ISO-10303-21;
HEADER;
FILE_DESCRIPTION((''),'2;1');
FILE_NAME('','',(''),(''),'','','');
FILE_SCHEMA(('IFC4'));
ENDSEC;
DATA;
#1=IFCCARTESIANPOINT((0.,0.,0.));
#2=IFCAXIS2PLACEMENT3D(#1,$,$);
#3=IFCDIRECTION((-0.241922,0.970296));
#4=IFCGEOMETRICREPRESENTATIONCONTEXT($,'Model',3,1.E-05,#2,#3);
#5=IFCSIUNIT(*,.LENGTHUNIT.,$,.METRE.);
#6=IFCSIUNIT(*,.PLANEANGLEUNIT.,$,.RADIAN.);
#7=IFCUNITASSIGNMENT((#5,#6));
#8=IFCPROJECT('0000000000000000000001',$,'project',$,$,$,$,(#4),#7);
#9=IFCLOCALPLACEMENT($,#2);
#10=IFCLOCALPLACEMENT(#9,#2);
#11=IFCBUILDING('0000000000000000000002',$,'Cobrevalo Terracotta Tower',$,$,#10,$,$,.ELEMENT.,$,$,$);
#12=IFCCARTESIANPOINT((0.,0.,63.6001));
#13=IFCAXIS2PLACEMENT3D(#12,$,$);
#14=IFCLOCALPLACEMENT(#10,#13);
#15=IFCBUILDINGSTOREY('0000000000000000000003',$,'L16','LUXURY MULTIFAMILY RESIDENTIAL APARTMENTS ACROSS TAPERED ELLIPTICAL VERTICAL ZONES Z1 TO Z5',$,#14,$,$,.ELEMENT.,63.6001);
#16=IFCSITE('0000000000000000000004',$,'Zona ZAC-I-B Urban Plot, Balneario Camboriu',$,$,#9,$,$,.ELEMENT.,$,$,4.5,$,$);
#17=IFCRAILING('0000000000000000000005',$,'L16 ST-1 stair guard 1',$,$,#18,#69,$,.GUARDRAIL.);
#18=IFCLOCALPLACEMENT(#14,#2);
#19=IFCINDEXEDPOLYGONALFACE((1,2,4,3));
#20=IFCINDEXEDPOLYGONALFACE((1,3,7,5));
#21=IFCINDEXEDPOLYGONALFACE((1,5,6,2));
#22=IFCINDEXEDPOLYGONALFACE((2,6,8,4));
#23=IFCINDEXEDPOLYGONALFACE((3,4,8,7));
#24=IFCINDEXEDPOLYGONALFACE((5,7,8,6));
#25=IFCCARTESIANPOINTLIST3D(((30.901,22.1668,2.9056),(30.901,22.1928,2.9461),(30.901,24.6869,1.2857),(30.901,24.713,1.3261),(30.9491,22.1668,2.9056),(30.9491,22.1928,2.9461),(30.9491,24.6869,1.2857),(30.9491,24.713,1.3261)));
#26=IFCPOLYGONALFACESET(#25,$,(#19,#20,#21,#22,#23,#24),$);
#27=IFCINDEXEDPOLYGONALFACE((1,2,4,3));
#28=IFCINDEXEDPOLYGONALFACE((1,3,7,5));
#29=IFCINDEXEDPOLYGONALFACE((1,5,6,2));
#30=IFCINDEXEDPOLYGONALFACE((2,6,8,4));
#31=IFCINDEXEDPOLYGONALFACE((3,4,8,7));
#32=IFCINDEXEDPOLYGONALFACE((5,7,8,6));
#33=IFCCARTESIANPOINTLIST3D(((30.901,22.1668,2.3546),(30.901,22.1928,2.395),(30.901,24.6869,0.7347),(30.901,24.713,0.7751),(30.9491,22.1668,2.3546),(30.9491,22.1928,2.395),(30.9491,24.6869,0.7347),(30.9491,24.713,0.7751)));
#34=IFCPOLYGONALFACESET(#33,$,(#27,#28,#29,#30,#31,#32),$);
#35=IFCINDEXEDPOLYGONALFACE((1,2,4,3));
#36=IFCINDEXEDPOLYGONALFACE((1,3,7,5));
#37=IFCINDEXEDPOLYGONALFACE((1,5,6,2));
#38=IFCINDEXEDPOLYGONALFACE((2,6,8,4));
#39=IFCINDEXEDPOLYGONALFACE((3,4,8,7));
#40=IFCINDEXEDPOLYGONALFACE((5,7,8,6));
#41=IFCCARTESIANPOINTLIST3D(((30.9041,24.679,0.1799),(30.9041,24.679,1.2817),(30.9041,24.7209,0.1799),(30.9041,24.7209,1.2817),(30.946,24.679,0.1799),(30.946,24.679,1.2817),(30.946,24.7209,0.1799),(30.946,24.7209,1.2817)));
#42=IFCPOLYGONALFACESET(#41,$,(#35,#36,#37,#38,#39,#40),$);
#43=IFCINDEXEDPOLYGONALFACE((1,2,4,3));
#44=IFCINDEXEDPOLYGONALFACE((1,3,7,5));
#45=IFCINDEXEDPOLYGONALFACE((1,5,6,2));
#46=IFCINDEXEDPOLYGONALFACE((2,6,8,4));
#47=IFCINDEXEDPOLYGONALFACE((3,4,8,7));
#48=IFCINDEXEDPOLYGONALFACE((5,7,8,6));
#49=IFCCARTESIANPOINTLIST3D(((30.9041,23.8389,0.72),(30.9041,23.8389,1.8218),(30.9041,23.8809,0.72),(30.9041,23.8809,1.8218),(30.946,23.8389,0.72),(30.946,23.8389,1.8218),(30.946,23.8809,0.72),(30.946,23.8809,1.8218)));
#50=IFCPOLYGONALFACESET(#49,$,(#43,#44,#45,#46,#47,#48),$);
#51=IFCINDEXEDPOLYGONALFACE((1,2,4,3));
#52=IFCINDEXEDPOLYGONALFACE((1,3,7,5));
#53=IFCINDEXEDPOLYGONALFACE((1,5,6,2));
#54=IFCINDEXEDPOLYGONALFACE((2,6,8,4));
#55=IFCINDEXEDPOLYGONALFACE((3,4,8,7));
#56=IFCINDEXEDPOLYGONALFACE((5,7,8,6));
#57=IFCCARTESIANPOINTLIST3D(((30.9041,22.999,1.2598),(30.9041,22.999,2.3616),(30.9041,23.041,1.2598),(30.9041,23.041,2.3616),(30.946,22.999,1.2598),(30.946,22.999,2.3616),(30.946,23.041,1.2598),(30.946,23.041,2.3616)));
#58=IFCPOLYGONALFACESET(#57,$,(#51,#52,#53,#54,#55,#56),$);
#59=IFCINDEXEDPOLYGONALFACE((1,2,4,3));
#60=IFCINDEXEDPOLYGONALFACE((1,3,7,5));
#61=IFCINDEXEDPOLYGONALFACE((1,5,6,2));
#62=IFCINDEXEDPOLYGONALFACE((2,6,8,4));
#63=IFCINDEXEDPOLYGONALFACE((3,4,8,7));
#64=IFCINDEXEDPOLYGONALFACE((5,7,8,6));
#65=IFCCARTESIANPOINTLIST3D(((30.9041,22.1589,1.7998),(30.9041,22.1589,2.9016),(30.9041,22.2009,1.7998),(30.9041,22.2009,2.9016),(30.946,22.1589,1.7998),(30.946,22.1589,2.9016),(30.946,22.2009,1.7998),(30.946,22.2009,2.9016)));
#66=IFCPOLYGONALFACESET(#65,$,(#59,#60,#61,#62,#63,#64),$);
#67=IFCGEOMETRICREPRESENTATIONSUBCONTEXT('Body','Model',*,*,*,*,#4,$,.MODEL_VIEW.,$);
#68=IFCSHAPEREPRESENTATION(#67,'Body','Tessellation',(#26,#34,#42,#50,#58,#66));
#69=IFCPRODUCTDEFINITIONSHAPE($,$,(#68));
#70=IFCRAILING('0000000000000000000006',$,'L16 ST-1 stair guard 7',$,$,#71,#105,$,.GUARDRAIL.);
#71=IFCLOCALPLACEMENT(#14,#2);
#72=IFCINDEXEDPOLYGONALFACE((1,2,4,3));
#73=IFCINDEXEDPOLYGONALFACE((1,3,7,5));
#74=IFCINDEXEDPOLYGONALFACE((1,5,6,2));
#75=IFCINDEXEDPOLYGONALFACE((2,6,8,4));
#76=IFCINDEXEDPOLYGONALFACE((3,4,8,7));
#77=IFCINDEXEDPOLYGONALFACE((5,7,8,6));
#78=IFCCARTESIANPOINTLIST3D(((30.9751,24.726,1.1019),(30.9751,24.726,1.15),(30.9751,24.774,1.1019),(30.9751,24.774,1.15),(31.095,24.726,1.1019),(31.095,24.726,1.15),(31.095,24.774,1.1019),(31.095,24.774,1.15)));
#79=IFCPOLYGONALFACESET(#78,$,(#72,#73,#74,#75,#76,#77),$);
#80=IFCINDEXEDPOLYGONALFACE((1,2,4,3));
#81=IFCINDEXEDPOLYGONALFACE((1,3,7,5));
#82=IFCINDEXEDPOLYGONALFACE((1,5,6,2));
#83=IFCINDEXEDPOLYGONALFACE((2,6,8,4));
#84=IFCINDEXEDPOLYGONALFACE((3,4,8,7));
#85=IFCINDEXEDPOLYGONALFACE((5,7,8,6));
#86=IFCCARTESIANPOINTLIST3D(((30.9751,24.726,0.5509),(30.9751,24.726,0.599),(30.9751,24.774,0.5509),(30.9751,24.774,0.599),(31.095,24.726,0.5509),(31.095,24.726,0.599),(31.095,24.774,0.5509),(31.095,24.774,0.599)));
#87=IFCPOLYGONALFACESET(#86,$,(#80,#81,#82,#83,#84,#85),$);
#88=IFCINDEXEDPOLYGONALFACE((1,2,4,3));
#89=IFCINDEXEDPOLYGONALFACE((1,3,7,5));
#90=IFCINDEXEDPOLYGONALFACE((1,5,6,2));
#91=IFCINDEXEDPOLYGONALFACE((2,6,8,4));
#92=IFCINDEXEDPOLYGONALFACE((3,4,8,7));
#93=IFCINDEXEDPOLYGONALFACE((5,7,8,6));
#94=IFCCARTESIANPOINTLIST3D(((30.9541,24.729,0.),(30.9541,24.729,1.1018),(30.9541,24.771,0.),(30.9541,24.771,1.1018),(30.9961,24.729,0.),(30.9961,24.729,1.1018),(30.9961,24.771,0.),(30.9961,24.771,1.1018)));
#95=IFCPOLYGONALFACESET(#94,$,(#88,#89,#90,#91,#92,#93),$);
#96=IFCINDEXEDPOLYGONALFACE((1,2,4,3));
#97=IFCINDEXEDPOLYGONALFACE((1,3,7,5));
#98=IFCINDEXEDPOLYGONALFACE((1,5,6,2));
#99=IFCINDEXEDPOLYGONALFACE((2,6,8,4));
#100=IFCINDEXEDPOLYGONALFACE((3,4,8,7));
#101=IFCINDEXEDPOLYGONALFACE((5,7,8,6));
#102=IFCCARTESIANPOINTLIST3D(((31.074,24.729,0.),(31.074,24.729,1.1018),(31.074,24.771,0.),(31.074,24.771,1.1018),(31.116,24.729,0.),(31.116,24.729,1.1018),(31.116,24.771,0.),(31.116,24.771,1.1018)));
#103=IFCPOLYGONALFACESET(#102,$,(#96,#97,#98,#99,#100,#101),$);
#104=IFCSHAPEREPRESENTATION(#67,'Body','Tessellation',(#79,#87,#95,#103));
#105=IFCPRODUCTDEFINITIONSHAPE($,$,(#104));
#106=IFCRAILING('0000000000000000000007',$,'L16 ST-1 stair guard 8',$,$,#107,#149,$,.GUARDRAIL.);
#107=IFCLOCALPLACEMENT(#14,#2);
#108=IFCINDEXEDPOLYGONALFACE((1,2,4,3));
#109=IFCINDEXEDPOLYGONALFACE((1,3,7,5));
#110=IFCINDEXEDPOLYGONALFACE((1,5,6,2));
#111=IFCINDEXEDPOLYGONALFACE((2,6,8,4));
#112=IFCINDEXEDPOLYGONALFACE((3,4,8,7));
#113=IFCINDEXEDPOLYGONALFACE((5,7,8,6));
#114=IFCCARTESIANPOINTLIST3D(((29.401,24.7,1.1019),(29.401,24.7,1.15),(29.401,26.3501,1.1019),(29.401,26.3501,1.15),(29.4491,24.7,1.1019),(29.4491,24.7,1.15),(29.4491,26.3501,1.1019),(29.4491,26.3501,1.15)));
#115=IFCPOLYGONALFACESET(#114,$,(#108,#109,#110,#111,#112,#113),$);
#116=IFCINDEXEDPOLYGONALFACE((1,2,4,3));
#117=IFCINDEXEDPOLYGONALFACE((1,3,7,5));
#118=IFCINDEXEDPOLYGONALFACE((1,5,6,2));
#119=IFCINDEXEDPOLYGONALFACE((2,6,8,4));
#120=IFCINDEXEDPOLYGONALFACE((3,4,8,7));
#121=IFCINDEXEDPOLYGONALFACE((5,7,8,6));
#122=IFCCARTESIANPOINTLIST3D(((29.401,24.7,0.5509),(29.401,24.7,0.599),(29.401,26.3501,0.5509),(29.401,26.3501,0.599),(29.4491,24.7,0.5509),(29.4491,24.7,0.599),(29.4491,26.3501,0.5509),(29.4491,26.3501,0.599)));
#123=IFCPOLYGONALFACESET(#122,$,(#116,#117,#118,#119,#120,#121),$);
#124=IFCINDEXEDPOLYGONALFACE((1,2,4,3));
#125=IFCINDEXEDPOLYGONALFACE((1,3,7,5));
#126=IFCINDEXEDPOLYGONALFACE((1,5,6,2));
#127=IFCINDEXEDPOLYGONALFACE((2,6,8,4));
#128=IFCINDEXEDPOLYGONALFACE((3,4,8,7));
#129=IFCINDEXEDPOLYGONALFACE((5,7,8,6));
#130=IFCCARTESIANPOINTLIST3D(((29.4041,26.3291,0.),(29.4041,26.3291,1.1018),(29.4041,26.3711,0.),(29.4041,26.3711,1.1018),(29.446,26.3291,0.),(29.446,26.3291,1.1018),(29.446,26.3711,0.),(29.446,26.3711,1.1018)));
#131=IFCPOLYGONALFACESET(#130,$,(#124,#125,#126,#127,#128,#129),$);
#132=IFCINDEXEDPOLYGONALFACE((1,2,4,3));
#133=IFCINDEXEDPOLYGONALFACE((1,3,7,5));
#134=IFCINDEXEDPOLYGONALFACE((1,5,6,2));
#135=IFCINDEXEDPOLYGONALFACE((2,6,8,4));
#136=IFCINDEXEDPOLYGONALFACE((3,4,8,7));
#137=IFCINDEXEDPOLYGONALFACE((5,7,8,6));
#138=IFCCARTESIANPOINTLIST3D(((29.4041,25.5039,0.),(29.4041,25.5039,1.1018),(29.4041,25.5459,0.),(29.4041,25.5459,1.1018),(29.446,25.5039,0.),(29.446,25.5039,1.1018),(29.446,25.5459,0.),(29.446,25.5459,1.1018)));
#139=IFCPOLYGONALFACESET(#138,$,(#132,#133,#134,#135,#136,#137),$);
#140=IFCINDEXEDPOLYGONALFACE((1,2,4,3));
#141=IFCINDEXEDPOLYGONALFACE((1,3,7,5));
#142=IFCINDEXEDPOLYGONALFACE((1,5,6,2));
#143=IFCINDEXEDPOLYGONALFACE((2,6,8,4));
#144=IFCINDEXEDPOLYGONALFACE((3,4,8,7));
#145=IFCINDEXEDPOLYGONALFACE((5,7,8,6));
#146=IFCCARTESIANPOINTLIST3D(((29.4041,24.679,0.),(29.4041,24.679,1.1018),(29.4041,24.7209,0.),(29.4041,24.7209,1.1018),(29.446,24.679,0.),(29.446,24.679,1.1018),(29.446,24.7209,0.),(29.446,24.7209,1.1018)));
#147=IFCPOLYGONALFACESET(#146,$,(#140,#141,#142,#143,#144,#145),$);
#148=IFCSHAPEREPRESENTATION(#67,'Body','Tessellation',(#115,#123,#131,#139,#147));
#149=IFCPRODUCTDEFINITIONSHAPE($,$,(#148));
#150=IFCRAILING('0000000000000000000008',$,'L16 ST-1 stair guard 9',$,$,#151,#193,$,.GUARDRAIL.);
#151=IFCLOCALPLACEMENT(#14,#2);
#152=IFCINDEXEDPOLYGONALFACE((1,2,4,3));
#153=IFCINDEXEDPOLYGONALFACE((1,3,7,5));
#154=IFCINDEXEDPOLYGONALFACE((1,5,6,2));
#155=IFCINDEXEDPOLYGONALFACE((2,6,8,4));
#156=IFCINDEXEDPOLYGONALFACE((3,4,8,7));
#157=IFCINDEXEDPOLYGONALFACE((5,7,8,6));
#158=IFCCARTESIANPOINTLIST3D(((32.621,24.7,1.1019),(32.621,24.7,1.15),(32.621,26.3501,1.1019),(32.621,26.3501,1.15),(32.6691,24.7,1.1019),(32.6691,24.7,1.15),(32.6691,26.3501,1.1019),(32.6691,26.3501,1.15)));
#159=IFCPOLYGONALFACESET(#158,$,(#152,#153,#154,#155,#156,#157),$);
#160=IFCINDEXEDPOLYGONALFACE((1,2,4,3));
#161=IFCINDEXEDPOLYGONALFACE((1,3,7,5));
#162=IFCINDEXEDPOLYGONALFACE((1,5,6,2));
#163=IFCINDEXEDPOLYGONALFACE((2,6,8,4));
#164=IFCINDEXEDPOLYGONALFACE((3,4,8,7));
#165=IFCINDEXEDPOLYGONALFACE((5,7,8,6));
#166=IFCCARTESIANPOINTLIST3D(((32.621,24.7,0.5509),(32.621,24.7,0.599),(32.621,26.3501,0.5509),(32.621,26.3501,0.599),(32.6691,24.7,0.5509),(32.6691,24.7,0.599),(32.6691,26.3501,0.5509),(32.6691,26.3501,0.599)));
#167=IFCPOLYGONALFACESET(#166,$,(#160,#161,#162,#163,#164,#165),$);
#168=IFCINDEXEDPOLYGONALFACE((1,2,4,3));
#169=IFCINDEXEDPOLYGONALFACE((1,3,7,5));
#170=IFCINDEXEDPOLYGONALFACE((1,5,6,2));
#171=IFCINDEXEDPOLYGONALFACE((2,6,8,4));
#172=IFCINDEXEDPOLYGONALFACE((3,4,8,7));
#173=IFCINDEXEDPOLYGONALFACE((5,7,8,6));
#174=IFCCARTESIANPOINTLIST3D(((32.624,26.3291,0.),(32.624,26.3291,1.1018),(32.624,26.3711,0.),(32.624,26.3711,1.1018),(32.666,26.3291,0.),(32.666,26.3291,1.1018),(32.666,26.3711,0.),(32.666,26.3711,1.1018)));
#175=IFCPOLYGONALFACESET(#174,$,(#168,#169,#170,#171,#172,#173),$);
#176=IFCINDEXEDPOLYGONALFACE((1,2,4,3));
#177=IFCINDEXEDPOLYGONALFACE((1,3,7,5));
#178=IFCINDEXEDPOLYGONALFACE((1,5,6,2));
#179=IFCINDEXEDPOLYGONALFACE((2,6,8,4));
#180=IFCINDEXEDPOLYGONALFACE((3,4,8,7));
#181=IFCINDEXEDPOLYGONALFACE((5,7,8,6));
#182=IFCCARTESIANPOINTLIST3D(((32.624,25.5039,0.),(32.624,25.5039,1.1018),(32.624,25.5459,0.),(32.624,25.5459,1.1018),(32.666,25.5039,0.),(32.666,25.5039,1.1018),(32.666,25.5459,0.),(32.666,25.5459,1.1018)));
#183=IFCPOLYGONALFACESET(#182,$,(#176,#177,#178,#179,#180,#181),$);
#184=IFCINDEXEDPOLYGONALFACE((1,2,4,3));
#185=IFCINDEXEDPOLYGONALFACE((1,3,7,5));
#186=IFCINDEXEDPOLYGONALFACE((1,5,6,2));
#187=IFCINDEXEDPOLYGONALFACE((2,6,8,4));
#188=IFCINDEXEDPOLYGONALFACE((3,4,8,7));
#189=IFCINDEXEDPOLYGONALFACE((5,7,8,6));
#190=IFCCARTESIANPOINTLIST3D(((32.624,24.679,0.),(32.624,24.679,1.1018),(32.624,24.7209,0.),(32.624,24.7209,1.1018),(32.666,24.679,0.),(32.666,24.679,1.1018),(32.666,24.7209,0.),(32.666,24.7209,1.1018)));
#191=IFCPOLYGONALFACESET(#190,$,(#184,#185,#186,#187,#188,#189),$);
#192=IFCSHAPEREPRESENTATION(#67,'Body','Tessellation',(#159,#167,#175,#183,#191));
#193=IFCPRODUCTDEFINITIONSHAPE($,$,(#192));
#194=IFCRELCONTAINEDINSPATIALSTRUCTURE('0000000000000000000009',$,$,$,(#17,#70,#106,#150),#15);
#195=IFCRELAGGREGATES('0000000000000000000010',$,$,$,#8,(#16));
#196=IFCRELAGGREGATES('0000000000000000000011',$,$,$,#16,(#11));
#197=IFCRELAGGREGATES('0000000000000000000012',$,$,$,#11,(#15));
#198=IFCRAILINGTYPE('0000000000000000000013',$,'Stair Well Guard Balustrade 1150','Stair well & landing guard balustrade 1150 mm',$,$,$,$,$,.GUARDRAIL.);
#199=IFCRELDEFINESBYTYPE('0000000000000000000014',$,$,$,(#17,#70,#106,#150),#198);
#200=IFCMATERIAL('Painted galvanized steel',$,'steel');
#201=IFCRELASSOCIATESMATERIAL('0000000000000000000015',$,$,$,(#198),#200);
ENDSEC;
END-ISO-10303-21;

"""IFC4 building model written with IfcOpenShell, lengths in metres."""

from ifc_helpers import new_model, si_unit, direction, frame, origin, origin_2d, place, context, subcontext, project, spatial, rectangle, extrude, material, type_object, element, save


model = new_model("IFC4")

# Units and contexts
model_context = context("Model", 3, precision=1e-05, world=origin(), true_north=direction((-0.241922, 0.970296)))
body_context = subcontext(model_context, "Body", "Model", "MODEL_VIEW")
ifc_project = project(units=[si_unit("LENGTHUNIT", "METRE"), si_unit("PLANEANGLEUNIT", "RADIAN")], contexts=[model_context])

# Site, building, storey
site_placement = place(None, origin())
site = spatial("IfcSite", under=ifc_project, at=site_placement, Name="Zona ZAC-I-B Urban Plot, Balneario Camboriu", CompositionType="ELEMENT", RefElevation=4.5)
building_placement = place(site_placement, origin())
building = spatial("IfcBuilding", under=site, at=building_placement, Name="Cobrevalo Terracotta Tower", CompositionType="ELEMENT")
storey_placement = place(building_placement, frame((0.0, 0.0, 63.6001)))
storey = spatial("IfcBuildingStorey", under=building, at=storey_placement, Name="L16", Description="LUXURY MULTIFAMILY RESIDENTIAL APARTMENTS ACROSS TAPERED ELLIPTICAL VERTICAL ZONES Z1 TO Z5", CompositionType="ELEMENT", Elevation=63.6001)

# Railings
ifc_material_1 = material(Name="Painted galvanized steel", Category="steel")
railing_type_1 = type_object("IfcRailingType", Name="Stair Well Guard Balustrade 1150", Description="Stair well & landing guard balustrade 1150 mm", PredefinedType="GUARDRAIL", material=ifc_material_1)
railing_1_placement = place(storey_placement, frame((30.925, 24.7, 0.1799)))
element("IfcRailing", 1, at=railing_1_placement, inside=storey, type_object=railing_type_1, Name="L16 ST-1 stair guard 1", PredefinedType="GUARDRAIL", context=body_context, shape_type="SweptSolid", body=[
    extrude(rectangle(XDim=0.0481, YDim=0.0481, at=origin_2d()), frame((0.0, 0.0, 1.126), z_axis=(0.0, -0.8412, 0.540725), x_axis=(1.0, 0.0, 0.0)), (0.0, 0.0, 1.0), 2.9958),
    extrude(rectangle(XDim=0.0481, YDim=0.0481, at=origin_2d()), frame((0.0, 0.0, 0.575), z_axis=(0.0, -0.8412, 0.540725), x_axis=(1.0, 0.0, 0.0)), (0.0, 0.0, 1.0), 2.9958),
    extrude(rectangle(XDim=0.042, YDim=0.042, at=origin_2d()), origin(), (0.0, 0.0, 1.0), 1.1018),
    extrude(rectangle(XDim=0.042, YDim=0.042, at=origin_2d()), frame((0.0, -0.8401, 0.54)), (0.0, 0.0, 1.0), 1.1018),
    extrude(rectangle(XDim=0.042, YDim=0.042, at=origin_2d()), frame((0.0, -1.6799, 1.0798)), (0.0, 0.0, 1.0), 1.1018),
    extrude(rectangle(XDim=0.042, YDim=0.042, at=origin_2d()), frame((0.0, -2.52, 1.6199)), (0.0, 0.0, 1.0), 1.1018),
])
railing_2_placement = place(storey_placement, frame((30.9751, 24.75, 0.0)))
element("IfcRailing", 2, at=railing_2_placement, inside=storey, type_object=railing_type_1, Name="L16 ST-1 stair guard 7", PredefinedType="GUARDRAIL", context=body_context, shape_type="SweptSolid", body=[
    extrude(rectangle(XDim=0.0481, YDim=0.0481, at=origin_2d()), frame((0.0, 0.0, 1.126), z_axis=(1.0, 0.0, 0.0), x_axis=(0.0, 1.0, 0.0)), (0.0, 0.0, 1.0), 0.1199),
    extrude(rectangle(XDim=0.0481, YDim=0.0481, at=origin_2d()), frame((0.0, 0.0, 0.575), z_axis=(1.0, 0.0, 0.0), x_axis=(0.0, 1.0, 0.0)), (0.0, 0.0, 1.0), 0.1199),
    extrude(rectangle(XDim=0.042, YDim=0.042, at=origin_2d()), origin(), (0.0, 0.0, 1.0), 1.1018),
    extrude(rectangle(XDim=0.042, YDim=0.042, at=origin_2d()), frame((0.1199, 0.0, 0.0)), (0.0, 0.0, 1.0), 1.1018),
])
for number, where, name in (
    (3, (29.425, 26.3501, 0.0), "L16 ST-1 stair guard 8"),
    (4, (32.645, 26.3501, 0.0), "L16 ST-1 stair guard 9"),
):
    element("IfcRailing", number, at=place(storey_placement, frame(where)), inside=storey, type_object=railing_type_1, Name=name, PredefinedType="GUARDRAIL", context=body_context, shape_type="SweptSolid", body=[
        extrude(rectangle(XDim=0.0481, YDim=0.0481, at=origin_2d()), frame((0.0, 0.0, 1.126), z_axis=(0.0, -1.0, 0.0), x_axis=(1.0, 0.0, 0.0)), (0.0, 0.0, 1.0), 1.6501),
        extrude(rectangle(XDim=0.0481, YDim=0.0481, at=origin_2d()), frame((0.0, 0.0, 0.575), z_axis=(0.0, -1.0, 0.0), x_axis=(1.0, 0.0, 0.0)), (0.0, 0.0, 1.0), 1.6501),
        extrude(rectangle(XDim=0.042, YDim=0.042, at=origin_2d()), origin(), (0.0, 0.0, 1.0), 1.1018),
        extrude(rectangle(XDim=0.042, YDim=0.042, at=origin_2d()), frame((0.0, -0.8252, 0.0)), (0.0, 0.0, 1.0), 1.1018),
        extrude(rectangle(XDim=0.042, YDim=0.042, at=origin_2d()), frame((0.0, -1.6501, 0.0)), (0.0, 0.0, 1.0), 1.1018),
    ])

save(model, "model.ifc")
